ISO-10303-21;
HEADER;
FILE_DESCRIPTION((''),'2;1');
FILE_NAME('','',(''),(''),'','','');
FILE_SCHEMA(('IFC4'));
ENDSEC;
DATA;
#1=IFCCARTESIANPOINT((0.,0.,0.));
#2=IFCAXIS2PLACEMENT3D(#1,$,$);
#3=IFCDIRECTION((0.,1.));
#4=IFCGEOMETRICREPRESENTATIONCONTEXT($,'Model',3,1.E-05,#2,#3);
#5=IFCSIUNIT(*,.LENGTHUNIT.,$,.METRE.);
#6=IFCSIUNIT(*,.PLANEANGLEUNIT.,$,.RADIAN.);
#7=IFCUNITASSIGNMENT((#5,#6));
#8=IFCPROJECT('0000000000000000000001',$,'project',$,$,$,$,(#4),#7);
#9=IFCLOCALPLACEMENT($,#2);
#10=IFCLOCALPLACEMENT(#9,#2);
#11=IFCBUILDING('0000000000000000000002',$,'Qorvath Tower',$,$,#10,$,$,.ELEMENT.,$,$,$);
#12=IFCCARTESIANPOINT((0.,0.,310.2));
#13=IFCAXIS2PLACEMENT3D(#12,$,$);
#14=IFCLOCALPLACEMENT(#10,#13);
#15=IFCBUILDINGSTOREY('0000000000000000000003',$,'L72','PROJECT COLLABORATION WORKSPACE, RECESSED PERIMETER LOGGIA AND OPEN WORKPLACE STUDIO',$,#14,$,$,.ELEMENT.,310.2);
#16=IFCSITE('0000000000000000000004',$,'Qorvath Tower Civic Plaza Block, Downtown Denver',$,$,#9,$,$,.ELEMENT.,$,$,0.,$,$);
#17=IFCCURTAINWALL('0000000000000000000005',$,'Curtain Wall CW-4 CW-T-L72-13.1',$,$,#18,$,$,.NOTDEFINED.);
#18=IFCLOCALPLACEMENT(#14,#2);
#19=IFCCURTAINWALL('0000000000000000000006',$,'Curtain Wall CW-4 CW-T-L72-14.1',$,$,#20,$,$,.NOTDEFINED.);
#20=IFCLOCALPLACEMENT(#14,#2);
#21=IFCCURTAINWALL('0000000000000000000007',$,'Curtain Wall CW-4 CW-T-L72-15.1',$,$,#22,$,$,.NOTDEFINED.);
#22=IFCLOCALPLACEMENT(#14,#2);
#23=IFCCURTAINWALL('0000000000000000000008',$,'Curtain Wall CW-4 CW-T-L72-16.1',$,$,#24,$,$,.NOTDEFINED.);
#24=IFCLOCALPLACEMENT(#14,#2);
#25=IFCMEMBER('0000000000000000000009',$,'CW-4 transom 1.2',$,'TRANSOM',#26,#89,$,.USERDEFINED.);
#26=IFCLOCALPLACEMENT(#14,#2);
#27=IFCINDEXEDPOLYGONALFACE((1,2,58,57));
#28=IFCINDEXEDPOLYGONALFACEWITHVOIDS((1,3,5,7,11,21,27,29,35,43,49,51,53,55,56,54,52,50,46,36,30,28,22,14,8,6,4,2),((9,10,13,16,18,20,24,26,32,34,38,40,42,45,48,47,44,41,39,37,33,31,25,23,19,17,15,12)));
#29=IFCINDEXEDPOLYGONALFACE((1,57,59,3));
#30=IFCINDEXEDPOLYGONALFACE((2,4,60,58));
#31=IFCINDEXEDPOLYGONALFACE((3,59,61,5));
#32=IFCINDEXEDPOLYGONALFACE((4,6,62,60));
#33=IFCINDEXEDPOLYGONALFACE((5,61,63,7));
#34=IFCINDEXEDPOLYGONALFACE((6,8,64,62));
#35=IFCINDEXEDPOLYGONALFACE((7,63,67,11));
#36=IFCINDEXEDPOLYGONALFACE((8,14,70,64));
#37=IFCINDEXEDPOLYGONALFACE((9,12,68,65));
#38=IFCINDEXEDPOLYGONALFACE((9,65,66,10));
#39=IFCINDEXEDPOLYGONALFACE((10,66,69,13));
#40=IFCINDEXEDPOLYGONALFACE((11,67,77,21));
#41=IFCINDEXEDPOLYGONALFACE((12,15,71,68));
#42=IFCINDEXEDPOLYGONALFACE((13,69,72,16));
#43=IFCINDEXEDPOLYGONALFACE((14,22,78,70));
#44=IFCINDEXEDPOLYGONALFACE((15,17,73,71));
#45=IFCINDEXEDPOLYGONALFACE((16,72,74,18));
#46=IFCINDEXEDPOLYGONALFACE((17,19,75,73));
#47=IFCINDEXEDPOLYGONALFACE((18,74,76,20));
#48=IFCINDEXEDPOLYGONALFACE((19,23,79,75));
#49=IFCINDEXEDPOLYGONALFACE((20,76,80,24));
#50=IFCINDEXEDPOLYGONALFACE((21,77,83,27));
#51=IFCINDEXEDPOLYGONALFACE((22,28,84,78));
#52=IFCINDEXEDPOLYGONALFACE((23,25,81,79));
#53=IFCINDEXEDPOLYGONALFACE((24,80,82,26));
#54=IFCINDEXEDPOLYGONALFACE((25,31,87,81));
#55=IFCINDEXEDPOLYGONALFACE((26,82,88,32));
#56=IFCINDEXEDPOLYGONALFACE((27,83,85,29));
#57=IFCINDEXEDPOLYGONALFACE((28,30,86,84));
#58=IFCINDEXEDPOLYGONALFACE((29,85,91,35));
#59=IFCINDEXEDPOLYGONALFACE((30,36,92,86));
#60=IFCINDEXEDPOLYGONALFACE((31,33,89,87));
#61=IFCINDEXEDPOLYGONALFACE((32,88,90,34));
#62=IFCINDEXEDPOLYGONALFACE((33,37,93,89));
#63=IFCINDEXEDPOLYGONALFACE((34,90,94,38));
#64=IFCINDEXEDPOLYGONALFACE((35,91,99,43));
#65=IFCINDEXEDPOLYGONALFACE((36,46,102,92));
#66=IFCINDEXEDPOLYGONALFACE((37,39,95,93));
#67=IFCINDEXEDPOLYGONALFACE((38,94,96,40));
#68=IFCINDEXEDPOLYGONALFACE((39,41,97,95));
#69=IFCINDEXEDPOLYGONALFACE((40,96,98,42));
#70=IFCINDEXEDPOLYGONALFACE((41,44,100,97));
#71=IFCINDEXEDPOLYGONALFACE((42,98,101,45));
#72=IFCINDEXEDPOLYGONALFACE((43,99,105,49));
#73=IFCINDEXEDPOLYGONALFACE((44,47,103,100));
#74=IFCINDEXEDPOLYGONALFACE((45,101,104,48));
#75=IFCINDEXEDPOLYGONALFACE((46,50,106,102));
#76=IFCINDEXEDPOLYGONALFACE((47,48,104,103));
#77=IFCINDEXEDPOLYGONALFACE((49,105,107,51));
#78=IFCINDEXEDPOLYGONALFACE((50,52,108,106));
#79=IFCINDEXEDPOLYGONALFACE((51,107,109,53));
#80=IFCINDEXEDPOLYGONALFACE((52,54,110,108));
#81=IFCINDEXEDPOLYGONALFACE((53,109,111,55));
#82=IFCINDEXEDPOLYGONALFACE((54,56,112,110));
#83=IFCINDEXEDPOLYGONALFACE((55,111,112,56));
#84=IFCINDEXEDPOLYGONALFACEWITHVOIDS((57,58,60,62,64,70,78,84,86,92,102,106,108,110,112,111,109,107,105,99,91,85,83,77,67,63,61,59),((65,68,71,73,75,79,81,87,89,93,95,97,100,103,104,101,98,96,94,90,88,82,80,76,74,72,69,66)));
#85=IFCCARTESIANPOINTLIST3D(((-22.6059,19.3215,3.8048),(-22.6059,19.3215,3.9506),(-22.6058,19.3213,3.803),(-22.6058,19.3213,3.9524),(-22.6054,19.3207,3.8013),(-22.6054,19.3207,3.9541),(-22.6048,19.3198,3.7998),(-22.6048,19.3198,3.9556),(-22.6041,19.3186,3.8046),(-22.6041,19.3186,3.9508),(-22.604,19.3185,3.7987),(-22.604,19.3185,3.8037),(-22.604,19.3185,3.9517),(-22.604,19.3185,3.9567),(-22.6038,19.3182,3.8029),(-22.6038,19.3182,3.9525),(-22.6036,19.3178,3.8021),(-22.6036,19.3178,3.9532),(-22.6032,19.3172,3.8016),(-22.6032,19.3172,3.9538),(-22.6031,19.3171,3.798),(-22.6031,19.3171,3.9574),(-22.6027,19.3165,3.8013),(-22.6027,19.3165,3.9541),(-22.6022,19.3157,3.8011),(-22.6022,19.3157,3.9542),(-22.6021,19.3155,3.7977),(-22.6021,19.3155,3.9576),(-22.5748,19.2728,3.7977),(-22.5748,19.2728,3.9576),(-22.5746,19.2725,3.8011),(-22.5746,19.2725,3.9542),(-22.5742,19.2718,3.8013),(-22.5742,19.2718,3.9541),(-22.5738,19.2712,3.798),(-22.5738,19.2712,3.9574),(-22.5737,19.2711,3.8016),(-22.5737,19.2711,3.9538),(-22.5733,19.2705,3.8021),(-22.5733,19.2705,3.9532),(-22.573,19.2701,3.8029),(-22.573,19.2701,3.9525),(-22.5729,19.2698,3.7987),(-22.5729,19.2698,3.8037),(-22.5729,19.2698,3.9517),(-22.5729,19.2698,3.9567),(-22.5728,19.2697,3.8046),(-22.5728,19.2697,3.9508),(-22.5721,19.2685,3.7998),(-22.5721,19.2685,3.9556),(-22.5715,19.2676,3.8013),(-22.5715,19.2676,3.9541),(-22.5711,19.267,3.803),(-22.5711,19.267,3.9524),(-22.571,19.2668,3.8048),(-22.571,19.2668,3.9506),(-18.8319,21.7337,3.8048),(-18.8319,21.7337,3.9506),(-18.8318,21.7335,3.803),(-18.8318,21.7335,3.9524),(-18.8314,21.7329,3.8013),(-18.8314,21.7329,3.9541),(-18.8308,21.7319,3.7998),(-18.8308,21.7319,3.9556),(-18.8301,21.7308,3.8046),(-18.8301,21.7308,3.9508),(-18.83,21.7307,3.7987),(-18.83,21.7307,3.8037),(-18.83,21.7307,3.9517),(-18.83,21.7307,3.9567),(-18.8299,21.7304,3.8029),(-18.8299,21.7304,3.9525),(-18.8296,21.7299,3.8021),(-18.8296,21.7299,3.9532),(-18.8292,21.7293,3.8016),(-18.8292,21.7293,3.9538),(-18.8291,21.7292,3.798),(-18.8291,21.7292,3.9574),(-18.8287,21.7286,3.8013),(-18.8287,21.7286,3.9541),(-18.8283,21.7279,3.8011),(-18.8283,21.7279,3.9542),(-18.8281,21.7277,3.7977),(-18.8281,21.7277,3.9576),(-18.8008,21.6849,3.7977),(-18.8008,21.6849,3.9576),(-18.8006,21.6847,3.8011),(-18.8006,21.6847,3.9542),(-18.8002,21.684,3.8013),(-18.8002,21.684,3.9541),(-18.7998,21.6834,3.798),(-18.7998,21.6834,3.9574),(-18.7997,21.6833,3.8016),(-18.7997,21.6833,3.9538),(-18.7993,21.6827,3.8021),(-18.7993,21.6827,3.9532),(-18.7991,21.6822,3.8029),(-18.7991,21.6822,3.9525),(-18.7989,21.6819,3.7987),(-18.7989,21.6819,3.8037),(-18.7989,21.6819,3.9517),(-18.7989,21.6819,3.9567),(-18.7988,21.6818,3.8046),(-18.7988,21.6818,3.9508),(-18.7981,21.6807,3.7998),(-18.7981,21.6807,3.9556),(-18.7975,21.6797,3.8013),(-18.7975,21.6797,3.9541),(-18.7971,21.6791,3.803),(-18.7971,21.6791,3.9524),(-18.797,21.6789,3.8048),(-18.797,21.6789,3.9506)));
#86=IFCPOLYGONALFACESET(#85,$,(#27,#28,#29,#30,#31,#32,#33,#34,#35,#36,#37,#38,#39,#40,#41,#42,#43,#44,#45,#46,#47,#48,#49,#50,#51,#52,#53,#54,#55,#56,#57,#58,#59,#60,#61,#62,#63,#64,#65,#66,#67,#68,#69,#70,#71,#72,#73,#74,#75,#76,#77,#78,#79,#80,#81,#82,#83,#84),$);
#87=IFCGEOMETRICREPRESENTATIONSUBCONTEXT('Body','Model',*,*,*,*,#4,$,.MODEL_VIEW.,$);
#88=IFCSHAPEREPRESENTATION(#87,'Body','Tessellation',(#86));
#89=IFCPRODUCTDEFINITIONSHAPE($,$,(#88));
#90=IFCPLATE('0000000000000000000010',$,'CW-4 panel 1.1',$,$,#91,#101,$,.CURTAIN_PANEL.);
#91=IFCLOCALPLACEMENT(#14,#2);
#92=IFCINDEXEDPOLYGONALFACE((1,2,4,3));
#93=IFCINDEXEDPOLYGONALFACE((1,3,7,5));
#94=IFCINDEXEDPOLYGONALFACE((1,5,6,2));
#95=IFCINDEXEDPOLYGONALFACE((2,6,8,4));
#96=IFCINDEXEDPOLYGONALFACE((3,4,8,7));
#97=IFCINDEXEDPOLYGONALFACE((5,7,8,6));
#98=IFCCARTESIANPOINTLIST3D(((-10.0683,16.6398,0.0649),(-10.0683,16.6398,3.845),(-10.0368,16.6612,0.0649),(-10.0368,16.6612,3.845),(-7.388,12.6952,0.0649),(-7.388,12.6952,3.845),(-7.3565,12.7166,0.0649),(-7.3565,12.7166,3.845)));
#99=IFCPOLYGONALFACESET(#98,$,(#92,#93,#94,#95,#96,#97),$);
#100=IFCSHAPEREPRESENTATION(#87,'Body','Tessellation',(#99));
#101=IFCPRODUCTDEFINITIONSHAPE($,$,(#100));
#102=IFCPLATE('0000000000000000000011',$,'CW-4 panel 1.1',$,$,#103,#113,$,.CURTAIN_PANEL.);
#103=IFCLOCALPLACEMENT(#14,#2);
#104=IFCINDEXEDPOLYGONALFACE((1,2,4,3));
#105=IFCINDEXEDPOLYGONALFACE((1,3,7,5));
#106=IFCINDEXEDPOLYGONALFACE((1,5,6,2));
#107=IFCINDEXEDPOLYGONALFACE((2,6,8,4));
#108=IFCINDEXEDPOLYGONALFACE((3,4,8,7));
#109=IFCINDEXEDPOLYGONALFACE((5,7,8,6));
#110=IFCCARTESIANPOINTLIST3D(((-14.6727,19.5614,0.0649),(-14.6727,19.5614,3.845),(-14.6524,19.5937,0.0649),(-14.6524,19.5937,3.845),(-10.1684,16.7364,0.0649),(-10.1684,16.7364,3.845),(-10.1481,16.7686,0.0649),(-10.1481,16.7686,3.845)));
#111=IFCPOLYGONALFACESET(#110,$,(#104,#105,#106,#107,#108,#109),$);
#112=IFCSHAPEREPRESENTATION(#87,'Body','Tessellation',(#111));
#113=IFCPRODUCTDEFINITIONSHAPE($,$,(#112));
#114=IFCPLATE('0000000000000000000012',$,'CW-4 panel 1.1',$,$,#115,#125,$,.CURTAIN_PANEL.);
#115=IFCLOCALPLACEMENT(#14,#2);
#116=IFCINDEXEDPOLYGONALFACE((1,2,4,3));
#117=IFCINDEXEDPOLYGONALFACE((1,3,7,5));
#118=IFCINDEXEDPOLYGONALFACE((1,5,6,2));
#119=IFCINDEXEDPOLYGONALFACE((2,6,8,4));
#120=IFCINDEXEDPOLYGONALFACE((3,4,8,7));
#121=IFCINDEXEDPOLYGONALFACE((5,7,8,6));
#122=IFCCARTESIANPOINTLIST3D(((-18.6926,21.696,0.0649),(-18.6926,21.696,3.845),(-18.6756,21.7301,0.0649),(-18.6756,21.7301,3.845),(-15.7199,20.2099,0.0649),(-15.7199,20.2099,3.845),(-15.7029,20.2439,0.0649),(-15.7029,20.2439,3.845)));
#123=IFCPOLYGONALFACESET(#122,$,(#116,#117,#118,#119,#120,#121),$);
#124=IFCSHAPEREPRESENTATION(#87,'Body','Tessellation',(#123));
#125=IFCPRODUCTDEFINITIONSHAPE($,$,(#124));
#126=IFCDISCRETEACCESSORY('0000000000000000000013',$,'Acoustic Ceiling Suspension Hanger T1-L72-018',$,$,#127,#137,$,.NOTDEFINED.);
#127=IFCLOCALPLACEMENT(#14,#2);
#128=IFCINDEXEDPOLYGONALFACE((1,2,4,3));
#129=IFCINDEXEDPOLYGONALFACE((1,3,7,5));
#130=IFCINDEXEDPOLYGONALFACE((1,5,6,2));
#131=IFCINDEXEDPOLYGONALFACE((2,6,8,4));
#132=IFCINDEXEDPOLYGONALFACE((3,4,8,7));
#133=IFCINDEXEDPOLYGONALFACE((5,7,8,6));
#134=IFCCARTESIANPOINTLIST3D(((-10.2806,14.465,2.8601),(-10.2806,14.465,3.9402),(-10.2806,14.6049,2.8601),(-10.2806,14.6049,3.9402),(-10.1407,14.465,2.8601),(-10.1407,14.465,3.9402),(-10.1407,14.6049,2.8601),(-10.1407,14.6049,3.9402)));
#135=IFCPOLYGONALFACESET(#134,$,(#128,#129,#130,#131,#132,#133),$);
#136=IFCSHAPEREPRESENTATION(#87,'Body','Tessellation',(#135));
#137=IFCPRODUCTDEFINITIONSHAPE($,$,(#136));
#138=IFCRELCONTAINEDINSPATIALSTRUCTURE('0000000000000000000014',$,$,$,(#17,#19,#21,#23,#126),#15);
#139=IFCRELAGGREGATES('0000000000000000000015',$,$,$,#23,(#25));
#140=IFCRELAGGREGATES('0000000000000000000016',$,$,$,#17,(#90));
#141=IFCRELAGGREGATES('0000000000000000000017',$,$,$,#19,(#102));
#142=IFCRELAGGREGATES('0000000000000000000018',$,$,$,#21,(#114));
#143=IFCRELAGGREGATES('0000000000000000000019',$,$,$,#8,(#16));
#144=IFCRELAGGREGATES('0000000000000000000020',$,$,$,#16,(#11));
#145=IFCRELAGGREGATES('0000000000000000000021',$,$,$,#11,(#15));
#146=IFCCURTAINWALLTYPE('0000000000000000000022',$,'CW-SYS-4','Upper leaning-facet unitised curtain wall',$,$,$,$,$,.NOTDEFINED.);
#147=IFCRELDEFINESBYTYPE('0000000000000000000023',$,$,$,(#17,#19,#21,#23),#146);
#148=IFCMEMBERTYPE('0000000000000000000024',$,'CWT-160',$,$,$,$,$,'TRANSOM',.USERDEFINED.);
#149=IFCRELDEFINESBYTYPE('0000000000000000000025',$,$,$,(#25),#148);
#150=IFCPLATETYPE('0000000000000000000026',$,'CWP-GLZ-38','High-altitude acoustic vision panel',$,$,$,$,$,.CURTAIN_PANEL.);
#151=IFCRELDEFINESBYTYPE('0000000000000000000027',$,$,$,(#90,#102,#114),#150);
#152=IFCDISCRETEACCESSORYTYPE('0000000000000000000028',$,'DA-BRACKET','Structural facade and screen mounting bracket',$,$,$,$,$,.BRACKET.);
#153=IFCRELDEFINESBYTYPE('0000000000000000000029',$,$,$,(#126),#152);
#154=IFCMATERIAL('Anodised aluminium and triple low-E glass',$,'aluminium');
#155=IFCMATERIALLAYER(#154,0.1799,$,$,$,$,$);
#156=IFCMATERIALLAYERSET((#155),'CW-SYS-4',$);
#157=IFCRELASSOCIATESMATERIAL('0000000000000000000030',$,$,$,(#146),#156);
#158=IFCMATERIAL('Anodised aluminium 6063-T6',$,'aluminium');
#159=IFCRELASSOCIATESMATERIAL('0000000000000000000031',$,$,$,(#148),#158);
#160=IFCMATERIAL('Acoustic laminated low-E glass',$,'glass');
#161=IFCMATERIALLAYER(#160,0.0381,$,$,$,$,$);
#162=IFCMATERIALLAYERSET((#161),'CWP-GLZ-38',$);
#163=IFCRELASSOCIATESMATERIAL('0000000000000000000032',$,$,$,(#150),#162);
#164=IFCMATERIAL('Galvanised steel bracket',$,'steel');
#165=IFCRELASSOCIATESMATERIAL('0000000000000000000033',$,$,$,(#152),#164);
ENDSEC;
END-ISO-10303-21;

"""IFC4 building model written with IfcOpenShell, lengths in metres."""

from ifc_helpers import new_model, si_unit, direction, frame, origin, origin_2d, place, context, subcontext, project, spatial, rectangle, hollow_rectangle, extrude, material, layer, layer_set, material_profile, profile_set, type_object, element, aggregate, save


model = new_model("IFC4")

# Units and contexts
model_context = context("Model", 3, precision=1e-05, world=origin(), true_north=direction((0.0, 1.0)))
body_context = subcontext(model_context, "Body", "Model", "MODEL_VIEW")
ifc_project = project(units=[si_unit("LENGTHUNIT", "METRE"), si_unit("PLANEANGLEUNIT", "RADIAN")], contexts=[model_context])

# Site, building, storey
site_placement = place(None, origin())
site = spatial("IfcSite", under=ifc_project, at=site_placement, Name="Qorvath Tower Civic Plaza Block, Downtown Denver", CompositionType="ELEMENT", RefElevation=0.0)
building_placement = place(site_placement, origin())
building = spatial("IfcBuilding", under=site, at=building_placement, Name="Qorvath Tower", CompositionType="ELEMENT")
storey_placement = place(building_placement, frame((0.0, 0.0, 310.2)))
storey = spatial("IfcBuildingStorey", under=building, at=storey_placement, Name="L72", Description="PROJECT COLLABORATION WORKSPACE, RECESSED PERIMETER LOGGIA AND OPEN WORKPLACE STUDIO", CompositionType="ELEMENT", Elevation=310.2)

# Shared definitions
ifc_material_1 = material(Name="Anodised aluminium and triple low-E glass", Category="aluminium")
ifc_layer_1 = layer(ifc_material_1, 0.1799)
ifc_layer_set_1 = layer_set([ifc_layer_1], Name="CW-SYS-4")
curtain_wall_type = type_object("IfcCurtainWallType", Name="CW-SYS-4", Description="Upper leaning-facet unitised curtain wall", PredefinedType="NOTDEFINED", material=ifc_layer_set_1)

# Curtain walls
curtain_wall_1_placement = place(storey_placement, origin())
curtain_wall_1 = element("IfcCurtainWall", 1, at=curtain_wall_1_placement, inside=storey, type_object=curtain_wall_type, Name="Curtain Wall CW-4 CW-T-L72-13.1", PredefinedType="NOTDEFINED")
curtain_wall_2_placement = place(storey_placement, origin())
curtain_wall_2 = element("IfcCurtainWall", 2, at=curtain_wall_2_placement, inside=storey, type_object=curtain_wall_type, Name="Curtain Wall CW-4 CW-T-L72-14.1", PredefinedType="NOTDEFINED")
curtain_wall_3_placement = place(storey_placement, origin())
curtain_wall_3 = element("IfcCurtainWall", 3, at=curtain_wall_3_placement, inside=storey, type_object=curtain_wall_type, Name="Curtain Wall CW-4 CW-T-L72-15.1", PredefinedType="NOTDEFINED")

# Curtain wall
curtain_wall_4_placement = place(storey_placement, origin())
curtain_wall_4 = element("IfcCurtainWall", 4, at=curtain_wall_4_placement, inside=storey, type_object=curtain_wall_type, Name="Curtain Wall CW-4 CW-T-L72-16.1", PredefinedType="NOTDEFINED")

# Member
ifc_material_2 = material(Name="Anodised aluminium 6063-T6", Category="aluminium")
ifc_material_profile_1 = material_profile(ifc_material_2, hollow_rectangle(XDim=0.0649, YDim=0.1599, WallThickness=0.0034, InnerFilletRadius=0.0034, OuterFilletRadius=0.0071, at=origin_2d()), Name="CWT 160x65")
ifc_profile_set_1 = profile_set([ifc_material_profile_1], Name="Anodised aluminium 6063-T6")
member_type_1 = type_object("IfcMemberType", Name="CWT-160", ElementType="TRANSOM", PredefinedType="USERDEFINED", material=ifc_profile_set_1)
member_1_placement = place(storey_placement, frame((-18.8145, 21.7063, 3.8777), z_axis=(-0.842596, -0.538546, 0.0), x_axis=(0.538546, -0.842596, 0.0)))
member_1 = element("IfcMember", 5, at=member_1_placement, type_object=member_type_1, Name="CW-4 transom 1.2", ObjectType="TRANSOM", PredefinedType="USERDEFINED", context=body_context, shape_type="SweptSolid", body=[
    extrude(hollow_rectangle(XDim=0.0649, YDim=0.1599, WallThickness=0.0034, InnerFilletRadius=0.0034, OuterFilletRadius=0.0071, at=origin_2d()), origin(), (0.0, 0.0, 1.0), 4.479),
])
aggregate(curtain_wall_4, [member_1])

# Plates
ifc_material_3 = material(Name="Acoustic laminated low-E glass", Category="glass")
ifc_layer_2 = layer(ifc_material_3, 0.0381)
ifc_layer_set_2 = layer_set([ifc_layer_2], Name="CWP-GLZ-38")
plate_type = type_object("IfcPlateType", Name="CWP-GLZ-38", Description="High-altitude acoustic vision panel", PredefinedType="CURTAIN_PANEL", material=ifc_layer_set_2)
plate_1_placement = place(storey_placement, frame((-8.7124, 14.6782, 0.0649), z_axis=(0.0, 0.0, 1.0), x_axis=(-0.562025, 0.82712, 0.0)))
plate_1 = element("IfcPlate", 6, at=plate_1_placement, type_object=plate_type, Name="CW-4 panel 1.1", PredefinedType="CURTAIN_PANEL", context=body_context, shape_type="SweptSolid", body=[
    extrude(rectangle(XDim=4.769, YDim=0.0381, at=origin_2d()), origin(), (0.0, 0.0, 1.0), 3.78),
])
aggregate(curtain_wall_1, [plate_1])
plate_2_placement = place(storey_placement, frame((-12.4104, 18.165, 0.0649), z_axis=(0.0, 0.0, 1.0), x_axis=(-0.847161, 0.531337, 0.0)))
plate_2 = element("IfcPlate", 7, at=plate_2_placement, type_object=plate_type, Name="CW-4 panel 1.1", PredefinedType="CURTAIN_PANEL", context=body_context, shape_type="SweptSolid", body=[
    extrude(rectangle(XDim=5.3169, YDim=0.0381, at=origin_2d()), origin(), (0.0, 0.0, 1.0), 3.78),
])
aggregate(curtain_wall_2, [plate_2])
plate_3_placement = place(storey_placement, frame((-17.1978, 20.97, 0.0649), z_axis=(0.0, 0.0, 1.0), x_axis=(-0.894456, 0.447156, 0.0)))
plate_3 = element("IfcPlate", 8, at=plate_3_placement, type_object=plate_type, Name="CW-4 panel 1.1", PredefinedType="CURTAIN_PANEL", context=body_context, shape_type="SweptSolid", body=[
    extrude(rectangle(XDim=3.3235, YDim=0.0381, at=origin_2d()), origin(), (0.0, 0.0, 1.0), 3.78),
])
aggregate(curtain_wall_3, [plate_3])

# Discrete accessory
ifc_material_4 = material(Name="Galvanised steel bracket", Category="steel")
discrete_accessory_type = type_object("IfcDiscreteAccessoryType", Name="DA-BRACKET", Description="Structural facade and screen mounting bracket", PredefinedType="BRACKET", material=ifc_material_4)
discrete_accessory_placement = place(storey_placement, frame((-10.2107, 14.5349, 2.8601), z_axis=(0.0, 0.0, 1.0), x_axis=(1.0, 0.0, 0.0)))
element("IfcDiscreteAccessory", 9, at=discrete_accessory_placement, inside=storey, type_object=discrete_accessory_type, Name="Acoustic Ceiling Suspension Hanger T1-L72-018", PredefinedType="NOTDEFINED", context=body_context, shape_type="SweptSolid", body=[
    extrude(rectangle(XDim=0.1399, YDim=0.1399, at=origin_2d()), origin(), (0.0, 0.0, 1.0), 1.0801),
])

save(model, "model.ifc")
